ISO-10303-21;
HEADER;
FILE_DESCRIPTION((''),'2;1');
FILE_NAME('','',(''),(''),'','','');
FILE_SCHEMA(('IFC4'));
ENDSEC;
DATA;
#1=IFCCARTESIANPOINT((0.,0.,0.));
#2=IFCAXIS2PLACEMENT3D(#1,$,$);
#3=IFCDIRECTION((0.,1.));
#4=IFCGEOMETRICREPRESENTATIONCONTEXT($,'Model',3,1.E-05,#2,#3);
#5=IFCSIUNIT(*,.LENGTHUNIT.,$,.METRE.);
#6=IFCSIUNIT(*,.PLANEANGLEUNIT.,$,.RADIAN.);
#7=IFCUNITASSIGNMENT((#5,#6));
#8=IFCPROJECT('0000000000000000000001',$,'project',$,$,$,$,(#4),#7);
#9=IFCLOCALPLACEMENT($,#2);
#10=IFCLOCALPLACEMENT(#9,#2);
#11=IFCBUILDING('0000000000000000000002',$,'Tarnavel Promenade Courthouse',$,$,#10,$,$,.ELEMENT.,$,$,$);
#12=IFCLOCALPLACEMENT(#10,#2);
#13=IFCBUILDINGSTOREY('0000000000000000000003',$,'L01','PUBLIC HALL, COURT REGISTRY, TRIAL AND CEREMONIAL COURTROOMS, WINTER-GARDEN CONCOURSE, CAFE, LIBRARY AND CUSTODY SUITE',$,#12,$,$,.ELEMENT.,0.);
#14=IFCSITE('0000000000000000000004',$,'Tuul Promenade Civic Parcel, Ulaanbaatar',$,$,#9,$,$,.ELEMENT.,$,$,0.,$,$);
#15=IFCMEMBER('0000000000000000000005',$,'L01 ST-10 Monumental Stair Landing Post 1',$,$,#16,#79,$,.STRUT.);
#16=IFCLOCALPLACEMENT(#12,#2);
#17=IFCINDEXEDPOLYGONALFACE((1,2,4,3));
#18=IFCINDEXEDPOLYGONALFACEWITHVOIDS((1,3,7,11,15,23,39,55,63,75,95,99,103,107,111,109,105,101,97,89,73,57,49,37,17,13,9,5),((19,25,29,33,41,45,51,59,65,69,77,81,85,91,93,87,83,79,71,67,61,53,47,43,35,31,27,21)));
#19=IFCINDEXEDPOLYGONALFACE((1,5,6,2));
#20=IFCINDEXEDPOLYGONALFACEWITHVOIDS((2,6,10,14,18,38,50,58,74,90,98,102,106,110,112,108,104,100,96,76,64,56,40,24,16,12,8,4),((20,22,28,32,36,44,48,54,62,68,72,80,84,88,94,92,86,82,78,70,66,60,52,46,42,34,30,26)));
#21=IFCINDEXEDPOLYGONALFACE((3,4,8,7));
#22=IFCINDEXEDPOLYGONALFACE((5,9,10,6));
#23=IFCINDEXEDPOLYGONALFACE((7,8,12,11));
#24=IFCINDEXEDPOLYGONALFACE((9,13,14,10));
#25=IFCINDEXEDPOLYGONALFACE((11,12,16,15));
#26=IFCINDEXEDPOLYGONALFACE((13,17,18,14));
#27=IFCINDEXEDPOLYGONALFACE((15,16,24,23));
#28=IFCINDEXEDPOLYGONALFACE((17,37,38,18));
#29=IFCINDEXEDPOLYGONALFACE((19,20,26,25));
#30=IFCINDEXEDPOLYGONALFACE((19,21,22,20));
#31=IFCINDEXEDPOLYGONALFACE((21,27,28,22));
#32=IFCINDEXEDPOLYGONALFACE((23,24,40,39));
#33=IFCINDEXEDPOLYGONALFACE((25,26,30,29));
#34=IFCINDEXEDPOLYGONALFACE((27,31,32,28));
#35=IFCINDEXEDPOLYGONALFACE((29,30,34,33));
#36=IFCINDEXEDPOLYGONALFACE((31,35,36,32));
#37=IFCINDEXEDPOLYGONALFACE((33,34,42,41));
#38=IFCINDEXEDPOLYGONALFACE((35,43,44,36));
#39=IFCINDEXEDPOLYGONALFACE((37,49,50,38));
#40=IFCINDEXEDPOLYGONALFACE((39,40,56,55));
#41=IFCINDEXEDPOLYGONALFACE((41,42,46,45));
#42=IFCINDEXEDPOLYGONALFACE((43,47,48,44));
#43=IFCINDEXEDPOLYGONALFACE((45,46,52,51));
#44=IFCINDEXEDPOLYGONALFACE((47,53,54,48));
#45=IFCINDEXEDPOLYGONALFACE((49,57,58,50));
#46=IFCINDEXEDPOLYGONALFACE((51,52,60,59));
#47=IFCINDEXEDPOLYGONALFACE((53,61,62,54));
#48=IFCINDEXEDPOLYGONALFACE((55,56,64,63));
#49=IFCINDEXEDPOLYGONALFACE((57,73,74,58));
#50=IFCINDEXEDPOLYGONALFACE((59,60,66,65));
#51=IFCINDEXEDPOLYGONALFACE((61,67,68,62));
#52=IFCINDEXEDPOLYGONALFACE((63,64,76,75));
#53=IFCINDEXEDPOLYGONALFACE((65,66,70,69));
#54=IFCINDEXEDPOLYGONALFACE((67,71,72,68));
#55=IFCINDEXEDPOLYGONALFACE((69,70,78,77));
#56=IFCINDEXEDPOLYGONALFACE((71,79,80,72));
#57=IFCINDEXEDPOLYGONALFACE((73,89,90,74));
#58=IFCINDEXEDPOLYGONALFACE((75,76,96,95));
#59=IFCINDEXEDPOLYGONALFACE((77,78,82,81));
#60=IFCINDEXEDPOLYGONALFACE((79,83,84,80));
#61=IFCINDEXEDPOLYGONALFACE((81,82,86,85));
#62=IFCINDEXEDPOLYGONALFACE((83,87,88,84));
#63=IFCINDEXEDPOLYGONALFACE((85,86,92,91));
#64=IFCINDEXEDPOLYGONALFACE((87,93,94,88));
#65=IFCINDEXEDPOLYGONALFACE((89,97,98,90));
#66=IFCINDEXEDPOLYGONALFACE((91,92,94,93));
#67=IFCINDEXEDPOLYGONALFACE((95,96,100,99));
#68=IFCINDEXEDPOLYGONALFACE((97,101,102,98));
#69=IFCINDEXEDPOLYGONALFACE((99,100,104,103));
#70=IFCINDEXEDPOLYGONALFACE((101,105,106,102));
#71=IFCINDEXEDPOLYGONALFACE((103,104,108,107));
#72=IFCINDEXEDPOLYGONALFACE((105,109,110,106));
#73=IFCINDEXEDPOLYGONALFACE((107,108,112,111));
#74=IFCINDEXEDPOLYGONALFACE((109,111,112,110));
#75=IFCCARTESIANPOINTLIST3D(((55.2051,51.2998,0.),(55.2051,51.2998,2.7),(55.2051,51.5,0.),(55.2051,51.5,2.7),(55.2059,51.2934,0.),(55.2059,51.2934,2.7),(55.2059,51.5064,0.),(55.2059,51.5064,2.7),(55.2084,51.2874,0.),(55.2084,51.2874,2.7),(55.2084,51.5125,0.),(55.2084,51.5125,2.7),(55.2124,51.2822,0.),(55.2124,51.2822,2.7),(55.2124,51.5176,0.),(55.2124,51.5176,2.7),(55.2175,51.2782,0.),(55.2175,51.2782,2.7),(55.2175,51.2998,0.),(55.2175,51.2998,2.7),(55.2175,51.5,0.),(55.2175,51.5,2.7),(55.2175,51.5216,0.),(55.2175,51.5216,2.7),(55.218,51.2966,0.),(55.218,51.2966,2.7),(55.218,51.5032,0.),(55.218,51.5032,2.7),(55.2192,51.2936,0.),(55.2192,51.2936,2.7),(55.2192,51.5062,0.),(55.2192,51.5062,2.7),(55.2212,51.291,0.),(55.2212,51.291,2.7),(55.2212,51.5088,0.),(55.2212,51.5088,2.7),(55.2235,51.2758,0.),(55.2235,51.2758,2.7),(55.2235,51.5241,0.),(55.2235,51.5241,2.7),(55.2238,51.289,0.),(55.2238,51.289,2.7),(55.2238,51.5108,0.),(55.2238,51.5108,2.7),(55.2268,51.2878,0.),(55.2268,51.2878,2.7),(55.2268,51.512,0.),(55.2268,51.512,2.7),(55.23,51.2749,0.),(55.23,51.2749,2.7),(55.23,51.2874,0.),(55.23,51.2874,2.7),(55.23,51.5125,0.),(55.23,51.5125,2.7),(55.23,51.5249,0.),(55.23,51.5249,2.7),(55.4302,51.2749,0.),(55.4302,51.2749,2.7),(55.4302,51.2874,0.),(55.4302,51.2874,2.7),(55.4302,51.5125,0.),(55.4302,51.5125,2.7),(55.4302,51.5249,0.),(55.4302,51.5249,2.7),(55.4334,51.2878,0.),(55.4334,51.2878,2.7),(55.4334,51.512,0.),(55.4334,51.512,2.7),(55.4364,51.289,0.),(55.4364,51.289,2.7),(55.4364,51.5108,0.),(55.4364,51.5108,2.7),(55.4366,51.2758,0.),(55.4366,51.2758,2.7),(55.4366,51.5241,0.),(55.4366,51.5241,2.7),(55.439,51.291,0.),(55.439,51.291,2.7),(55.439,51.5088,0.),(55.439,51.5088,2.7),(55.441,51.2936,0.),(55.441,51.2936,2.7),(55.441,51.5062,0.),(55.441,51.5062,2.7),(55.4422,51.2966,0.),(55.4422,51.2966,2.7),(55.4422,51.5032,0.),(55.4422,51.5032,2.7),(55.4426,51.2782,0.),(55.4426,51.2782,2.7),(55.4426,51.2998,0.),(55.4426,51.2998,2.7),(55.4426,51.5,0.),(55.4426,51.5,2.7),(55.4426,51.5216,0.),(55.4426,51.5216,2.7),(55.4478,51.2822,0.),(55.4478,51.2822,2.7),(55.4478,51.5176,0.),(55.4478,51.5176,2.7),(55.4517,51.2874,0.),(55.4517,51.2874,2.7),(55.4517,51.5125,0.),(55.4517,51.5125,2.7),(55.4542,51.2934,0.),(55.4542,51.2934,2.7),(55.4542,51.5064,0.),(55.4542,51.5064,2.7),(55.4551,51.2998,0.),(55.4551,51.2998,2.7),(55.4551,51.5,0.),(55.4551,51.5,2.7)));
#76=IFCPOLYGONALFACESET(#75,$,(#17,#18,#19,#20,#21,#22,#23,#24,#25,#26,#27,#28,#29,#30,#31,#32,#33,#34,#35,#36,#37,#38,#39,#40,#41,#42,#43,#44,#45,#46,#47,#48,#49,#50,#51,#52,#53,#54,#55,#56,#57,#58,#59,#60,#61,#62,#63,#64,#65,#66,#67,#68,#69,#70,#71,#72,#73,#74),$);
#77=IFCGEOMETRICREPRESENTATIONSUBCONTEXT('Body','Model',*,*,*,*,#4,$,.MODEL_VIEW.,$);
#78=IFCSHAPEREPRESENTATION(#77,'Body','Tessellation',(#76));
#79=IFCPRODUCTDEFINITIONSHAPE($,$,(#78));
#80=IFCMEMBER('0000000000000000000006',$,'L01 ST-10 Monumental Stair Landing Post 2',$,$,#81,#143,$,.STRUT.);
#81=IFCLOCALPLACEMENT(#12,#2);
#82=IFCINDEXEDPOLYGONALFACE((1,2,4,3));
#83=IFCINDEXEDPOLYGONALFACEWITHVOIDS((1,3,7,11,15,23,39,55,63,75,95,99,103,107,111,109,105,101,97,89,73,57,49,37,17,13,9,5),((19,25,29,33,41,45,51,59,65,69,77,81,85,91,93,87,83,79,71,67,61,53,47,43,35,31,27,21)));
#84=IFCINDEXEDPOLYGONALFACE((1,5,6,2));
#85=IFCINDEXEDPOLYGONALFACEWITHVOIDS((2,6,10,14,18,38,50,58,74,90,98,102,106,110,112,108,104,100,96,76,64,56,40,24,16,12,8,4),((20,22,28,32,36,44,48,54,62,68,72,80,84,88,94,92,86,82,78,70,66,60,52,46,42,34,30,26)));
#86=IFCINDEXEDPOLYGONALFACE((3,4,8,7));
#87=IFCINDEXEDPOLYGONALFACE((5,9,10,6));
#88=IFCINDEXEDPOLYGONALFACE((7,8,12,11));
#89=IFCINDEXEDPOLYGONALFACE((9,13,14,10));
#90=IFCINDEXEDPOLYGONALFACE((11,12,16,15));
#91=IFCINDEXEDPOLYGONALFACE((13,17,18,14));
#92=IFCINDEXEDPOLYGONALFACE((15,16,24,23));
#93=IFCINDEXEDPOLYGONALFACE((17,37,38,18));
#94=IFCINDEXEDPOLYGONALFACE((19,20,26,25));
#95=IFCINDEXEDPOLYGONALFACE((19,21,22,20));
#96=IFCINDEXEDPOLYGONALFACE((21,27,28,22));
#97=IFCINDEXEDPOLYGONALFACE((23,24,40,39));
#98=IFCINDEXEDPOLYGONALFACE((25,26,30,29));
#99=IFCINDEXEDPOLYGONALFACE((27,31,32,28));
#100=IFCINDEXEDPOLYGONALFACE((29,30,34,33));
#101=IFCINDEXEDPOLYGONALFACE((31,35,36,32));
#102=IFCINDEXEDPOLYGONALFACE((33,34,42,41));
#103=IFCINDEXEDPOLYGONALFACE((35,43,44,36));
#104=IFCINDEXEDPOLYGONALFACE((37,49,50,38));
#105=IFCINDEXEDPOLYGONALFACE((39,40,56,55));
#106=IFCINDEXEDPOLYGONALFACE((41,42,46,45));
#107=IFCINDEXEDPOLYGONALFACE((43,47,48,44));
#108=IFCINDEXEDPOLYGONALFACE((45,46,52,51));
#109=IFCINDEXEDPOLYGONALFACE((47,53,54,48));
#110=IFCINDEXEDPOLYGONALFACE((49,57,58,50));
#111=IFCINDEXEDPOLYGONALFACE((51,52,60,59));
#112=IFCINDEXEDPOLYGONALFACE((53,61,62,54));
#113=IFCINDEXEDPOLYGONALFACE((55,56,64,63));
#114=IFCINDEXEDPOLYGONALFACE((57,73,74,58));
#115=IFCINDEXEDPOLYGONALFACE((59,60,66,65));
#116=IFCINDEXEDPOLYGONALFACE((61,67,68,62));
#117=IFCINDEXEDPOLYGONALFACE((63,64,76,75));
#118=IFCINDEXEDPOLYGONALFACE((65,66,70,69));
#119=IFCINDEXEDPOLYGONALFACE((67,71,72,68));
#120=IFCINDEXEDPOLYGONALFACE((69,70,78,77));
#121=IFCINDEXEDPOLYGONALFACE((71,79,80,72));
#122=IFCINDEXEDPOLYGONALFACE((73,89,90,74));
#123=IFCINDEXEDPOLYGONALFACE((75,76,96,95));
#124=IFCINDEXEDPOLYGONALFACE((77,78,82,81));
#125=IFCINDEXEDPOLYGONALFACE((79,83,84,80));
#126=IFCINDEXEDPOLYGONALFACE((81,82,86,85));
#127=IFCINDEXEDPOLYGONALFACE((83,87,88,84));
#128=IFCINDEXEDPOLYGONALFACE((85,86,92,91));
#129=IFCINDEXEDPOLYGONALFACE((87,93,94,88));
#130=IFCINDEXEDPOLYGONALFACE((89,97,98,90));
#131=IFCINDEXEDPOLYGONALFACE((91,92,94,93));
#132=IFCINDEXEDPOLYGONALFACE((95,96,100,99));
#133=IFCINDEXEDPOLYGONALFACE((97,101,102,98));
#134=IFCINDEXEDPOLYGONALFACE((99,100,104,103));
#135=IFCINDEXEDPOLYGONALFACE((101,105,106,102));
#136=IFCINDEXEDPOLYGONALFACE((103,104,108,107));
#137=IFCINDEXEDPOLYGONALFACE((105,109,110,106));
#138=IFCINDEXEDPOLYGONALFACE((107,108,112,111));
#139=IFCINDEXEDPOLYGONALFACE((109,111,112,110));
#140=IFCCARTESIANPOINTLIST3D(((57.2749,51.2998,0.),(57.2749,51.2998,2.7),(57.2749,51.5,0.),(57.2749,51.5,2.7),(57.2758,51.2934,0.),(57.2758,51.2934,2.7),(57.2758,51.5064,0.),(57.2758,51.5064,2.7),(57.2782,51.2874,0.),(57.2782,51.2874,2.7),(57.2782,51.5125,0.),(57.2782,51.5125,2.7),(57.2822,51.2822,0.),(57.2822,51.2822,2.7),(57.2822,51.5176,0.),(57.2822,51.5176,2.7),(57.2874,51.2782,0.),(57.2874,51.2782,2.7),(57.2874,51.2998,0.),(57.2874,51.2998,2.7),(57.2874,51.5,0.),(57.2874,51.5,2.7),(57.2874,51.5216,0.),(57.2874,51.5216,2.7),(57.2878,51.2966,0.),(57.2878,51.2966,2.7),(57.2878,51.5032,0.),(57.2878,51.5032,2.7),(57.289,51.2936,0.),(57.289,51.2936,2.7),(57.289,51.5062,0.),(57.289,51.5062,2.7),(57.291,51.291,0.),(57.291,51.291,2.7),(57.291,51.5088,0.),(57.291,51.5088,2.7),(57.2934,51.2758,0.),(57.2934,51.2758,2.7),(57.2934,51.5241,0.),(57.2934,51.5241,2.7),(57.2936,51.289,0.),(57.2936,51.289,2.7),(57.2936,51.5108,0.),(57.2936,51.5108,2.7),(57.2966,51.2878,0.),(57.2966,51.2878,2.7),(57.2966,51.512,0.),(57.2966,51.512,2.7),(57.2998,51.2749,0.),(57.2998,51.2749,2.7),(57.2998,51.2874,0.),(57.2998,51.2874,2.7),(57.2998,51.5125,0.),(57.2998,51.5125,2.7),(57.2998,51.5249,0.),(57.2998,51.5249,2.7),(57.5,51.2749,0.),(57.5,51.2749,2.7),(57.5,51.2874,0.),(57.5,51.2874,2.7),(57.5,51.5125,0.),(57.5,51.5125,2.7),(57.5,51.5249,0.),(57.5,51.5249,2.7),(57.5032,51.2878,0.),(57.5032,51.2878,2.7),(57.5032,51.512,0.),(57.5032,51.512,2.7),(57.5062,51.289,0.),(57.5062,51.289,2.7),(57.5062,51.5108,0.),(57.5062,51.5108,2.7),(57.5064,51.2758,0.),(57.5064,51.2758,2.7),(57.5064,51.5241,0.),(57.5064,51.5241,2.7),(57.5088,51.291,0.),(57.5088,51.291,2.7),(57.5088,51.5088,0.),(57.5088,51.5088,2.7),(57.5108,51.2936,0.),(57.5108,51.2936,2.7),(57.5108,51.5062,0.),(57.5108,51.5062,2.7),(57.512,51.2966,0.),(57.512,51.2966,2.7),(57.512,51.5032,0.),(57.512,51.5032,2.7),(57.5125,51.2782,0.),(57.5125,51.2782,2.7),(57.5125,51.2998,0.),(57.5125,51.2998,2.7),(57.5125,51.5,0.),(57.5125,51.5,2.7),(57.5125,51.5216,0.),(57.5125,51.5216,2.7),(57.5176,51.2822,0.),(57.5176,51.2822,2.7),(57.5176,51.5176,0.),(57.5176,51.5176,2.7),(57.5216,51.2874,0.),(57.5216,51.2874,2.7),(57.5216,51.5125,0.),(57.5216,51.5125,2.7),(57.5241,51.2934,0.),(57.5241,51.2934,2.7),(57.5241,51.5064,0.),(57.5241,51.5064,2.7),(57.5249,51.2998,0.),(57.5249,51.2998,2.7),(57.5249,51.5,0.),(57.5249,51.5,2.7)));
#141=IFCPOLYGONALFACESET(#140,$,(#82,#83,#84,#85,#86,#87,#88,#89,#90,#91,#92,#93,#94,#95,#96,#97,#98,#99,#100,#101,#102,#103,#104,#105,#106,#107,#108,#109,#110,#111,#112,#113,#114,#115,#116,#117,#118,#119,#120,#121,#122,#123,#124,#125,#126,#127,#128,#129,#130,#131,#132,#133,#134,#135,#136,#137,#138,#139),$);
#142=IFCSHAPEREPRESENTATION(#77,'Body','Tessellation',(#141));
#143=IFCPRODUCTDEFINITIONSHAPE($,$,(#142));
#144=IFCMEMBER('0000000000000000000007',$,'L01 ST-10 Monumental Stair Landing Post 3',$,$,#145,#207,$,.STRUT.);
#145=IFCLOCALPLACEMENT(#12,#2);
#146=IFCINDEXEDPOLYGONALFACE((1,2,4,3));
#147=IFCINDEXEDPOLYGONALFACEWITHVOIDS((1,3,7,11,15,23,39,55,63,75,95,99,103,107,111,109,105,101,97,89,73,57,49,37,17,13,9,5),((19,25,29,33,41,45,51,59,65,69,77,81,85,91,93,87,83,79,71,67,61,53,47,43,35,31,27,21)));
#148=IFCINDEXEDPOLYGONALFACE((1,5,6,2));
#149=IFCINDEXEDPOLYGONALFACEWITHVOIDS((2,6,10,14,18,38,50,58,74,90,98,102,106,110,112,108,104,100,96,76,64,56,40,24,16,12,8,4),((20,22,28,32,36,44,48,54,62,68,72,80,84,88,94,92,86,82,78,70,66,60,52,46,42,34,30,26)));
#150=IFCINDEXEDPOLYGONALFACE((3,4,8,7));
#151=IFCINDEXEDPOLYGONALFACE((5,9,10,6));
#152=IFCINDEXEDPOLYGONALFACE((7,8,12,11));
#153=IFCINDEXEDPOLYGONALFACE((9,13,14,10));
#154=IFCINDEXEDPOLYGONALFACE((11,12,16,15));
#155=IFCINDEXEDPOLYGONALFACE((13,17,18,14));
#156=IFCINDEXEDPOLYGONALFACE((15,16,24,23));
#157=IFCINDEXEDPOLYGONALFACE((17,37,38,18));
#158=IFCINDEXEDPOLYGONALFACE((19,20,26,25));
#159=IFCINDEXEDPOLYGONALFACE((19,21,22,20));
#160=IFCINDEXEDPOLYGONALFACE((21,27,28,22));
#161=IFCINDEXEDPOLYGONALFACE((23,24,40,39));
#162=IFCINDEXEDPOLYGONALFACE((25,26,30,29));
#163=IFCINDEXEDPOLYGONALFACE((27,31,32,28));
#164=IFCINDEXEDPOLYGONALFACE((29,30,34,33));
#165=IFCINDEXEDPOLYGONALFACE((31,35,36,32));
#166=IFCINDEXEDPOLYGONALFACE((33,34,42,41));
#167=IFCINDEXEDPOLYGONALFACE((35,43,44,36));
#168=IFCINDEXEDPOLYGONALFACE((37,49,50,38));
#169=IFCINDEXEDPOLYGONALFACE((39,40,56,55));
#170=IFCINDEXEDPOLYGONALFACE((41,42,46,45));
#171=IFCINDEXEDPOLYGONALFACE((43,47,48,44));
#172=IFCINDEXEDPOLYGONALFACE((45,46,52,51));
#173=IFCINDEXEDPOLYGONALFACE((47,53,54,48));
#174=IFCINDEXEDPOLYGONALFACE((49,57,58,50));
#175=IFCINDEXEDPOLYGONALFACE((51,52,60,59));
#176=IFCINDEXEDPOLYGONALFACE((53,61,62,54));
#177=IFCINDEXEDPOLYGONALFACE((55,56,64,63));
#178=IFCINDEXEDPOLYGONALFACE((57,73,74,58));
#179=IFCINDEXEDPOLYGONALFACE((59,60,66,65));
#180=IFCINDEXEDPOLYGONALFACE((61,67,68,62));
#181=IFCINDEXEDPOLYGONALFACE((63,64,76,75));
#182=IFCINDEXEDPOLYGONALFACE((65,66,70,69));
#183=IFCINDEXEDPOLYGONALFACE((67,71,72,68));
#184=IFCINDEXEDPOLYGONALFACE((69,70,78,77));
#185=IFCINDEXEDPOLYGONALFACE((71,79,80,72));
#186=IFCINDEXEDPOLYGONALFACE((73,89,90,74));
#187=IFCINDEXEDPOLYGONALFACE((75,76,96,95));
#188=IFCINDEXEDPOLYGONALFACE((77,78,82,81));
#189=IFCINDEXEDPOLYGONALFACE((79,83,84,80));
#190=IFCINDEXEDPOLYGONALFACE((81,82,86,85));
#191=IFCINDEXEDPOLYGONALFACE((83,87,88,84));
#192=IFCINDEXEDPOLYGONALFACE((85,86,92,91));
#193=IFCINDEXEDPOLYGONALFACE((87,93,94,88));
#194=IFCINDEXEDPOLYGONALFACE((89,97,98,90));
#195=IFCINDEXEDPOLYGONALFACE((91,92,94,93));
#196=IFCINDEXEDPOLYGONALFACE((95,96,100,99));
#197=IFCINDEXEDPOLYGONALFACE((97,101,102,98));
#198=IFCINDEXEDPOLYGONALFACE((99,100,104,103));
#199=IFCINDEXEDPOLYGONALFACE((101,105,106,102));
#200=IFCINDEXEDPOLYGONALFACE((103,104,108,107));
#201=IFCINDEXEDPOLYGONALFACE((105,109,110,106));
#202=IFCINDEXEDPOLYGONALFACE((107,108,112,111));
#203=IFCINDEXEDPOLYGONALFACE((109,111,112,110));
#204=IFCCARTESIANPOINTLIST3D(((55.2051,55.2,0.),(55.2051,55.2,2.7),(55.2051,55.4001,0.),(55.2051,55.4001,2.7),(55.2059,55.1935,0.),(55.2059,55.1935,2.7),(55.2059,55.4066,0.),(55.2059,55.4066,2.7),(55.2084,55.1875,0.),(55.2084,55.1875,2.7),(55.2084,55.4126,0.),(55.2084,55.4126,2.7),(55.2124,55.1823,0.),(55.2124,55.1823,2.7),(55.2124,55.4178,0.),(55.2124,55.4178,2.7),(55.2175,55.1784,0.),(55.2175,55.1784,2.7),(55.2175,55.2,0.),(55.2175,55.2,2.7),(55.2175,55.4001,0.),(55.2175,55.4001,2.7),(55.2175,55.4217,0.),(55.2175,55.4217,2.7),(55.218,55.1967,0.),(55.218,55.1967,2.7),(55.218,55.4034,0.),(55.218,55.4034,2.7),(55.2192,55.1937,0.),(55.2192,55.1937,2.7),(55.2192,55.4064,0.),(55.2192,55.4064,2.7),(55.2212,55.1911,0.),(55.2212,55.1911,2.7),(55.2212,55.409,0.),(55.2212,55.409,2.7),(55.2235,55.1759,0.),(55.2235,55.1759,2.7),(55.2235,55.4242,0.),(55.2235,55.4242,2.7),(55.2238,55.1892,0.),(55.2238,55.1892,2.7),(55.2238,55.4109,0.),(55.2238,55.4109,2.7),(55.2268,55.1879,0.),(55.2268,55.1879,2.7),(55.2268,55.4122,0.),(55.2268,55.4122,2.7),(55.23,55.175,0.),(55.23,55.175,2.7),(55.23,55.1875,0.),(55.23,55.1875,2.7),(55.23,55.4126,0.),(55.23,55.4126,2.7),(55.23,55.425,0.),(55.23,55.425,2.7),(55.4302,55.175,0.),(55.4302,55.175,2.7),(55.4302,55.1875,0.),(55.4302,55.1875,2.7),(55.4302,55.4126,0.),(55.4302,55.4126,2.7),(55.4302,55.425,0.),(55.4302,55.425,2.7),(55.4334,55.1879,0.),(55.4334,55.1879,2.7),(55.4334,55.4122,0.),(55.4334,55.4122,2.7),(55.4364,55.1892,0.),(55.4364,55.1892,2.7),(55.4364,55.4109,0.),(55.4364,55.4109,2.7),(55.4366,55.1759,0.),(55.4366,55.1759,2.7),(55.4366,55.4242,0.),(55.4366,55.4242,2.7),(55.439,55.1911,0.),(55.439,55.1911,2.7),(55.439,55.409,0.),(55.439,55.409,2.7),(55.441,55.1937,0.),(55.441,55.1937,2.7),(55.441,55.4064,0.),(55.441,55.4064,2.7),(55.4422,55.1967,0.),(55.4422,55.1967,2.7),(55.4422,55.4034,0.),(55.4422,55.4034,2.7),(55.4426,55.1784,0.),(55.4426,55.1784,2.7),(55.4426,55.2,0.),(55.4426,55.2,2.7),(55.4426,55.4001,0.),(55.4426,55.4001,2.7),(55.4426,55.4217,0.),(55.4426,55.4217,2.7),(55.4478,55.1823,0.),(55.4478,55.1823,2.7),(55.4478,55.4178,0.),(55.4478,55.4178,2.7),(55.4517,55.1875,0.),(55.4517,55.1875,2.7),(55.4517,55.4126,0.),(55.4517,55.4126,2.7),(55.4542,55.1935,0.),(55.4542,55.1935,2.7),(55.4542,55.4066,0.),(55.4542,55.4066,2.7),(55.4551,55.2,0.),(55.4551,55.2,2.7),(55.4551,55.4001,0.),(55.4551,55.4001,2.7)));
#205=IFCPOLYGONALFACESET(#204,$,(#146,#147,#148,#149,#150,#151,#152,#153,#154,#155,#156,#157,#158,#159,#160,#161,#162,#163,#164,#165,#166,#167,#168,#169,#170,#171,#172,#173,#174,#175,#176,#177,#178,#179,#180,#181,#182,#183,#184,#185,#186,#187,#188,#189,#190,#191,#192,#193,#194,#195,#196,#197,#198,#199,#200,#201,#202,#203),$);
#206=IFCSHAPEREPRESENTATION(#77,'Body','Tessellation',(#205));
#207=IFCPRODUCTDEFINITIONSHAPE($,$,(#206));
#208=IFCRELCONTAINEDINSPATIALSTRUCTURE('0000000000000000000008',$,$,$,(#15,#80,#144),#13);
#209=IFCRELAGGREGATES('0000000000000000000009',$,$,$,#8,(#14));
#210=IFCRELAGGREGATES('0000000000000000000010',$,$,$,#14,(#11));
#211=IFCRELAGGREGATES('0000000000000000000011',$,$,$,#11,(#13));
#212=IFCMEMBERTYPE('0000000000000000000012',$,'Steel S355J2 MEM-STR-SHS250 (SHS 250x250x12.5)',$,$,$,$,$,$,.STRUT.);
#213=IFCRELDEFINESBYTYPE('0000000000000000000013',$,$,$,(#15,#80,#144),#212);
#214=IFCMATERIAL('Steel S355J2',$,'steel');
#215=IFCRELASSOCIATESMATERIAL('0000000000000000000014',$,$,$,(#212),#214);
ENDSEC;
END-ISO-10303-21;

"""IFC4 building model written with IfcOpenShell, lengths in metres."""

from ifc_helpers import new_model, si_unit, direction, frame, origin, origin_2d, place, context, subcontext, project, spatial, hollow_rectangle, extrude, material, material_profile, profile_set, type_object, element, save


model = new_model("IFC4")

# Units and contexts
model_context = context("Model", 3, precision=1e-05, world=origin(), true_north=direction((0.0, 1.0)))
body_context = subcontext(model_context, "Body", "Model", "MODEL_VIEW")
ifc_project = project(units=[si_unit("LENGTHUNIT", "METRE"), si_unit("PLANEANGLEUNIT", "RADIAN")], contexts=[model_context])

# Site, building, storey
site_placement = place(None, origin())
site = spatial("IfcSite", under=ifc_project, at=site_placement, Name="Tuul Promenade Civic Parcel, Ulaanbaatar", CompositionType="ELEMENT", RefElevation=0.0)
building_placement = place(site_placement, origin())
building = spatial("IfcBuilding", under=site, at=building_placement, Name="Tarnavel Promenade Courthouse", CompositionType="ELEMENT")
storey_placement = place(building_placement, origin())
storey = spatial("IfcBuildingStorey", under=building, at=storey_placement, Name="L01", Description="PUBLIC HALL, COURT REGISTRY, TRIAL AND CEREMONIAL COURTROOMS, WINTER-GARDEN CONCOURSE, CAFE, LIBRARY AND CUSTODY SUITE", CompositionType="ELEMENT", Elevation=0.0)

# Members
ifc_material_1 = material(Name="Steel S355J2", Category="steel")
ifc_material_profile_1 = material_profile(ifc_material_1, hollow_rectangle(XDim=0.25, YDim=0.25, WallThickness=0.0125, InnerFilletRadius=0.0125, OuterFilletRadius=0.0249, at=origin_2d()), Name="SHS 250x250x12.5")
ifc_profile_set_1 = profile_set([ifc_material_profile_1], Name="Steel S355J2")
member_type_1 = type_object("IfcMemberType", Name="Steel S355J2 MEM-STR-SHS250 (SHS 250x250x12.5)", PredefinedType="STRUT", material=ifc_profile_set_1)
for number, where, z_axis, x_axis, name in (
    (1, (55.3301, 51.3999, 0.0), (0.0, 0.0, 1.0), (1.0, 0.0, 0.0), "L01 ST-10 Monumental Stair Landing Post 1"),
    (2, (57.3999, 51.3999, 0.0), (0.0, 0.0, 1.0), (1.0, 0.0, 0.0), "L01 ST-10 Monumental Stair Landing Post 2"),
    (3, (55.3301, 55.3, 0.0), (0.0, 0.0, 1.0), (1.0, 0.0, 0.0), "L01 ST-10 Monumental Stair Landing Post 3"),
):
    element("IfcMember", number, at=place(storey_placement, frame(where, z_axis=z_axis, x_axis=x_axis)), inside=storey, type_object=member_type_1, Name=name, PredefinedType="STRUT", context=body_context, shape_type="SweptSolid", body=[
        extrude(hollow_rectangle(XDim=0.25, YDim=0.25, WallThickness=0.0125, InnerFilletRadius=0.0125, OuterFilletRadius=0.0249, at=origin_2d()), origin(), (0.0, 0.0, 1.0), 2.7),
    ])

save(model, "model.ifc")
